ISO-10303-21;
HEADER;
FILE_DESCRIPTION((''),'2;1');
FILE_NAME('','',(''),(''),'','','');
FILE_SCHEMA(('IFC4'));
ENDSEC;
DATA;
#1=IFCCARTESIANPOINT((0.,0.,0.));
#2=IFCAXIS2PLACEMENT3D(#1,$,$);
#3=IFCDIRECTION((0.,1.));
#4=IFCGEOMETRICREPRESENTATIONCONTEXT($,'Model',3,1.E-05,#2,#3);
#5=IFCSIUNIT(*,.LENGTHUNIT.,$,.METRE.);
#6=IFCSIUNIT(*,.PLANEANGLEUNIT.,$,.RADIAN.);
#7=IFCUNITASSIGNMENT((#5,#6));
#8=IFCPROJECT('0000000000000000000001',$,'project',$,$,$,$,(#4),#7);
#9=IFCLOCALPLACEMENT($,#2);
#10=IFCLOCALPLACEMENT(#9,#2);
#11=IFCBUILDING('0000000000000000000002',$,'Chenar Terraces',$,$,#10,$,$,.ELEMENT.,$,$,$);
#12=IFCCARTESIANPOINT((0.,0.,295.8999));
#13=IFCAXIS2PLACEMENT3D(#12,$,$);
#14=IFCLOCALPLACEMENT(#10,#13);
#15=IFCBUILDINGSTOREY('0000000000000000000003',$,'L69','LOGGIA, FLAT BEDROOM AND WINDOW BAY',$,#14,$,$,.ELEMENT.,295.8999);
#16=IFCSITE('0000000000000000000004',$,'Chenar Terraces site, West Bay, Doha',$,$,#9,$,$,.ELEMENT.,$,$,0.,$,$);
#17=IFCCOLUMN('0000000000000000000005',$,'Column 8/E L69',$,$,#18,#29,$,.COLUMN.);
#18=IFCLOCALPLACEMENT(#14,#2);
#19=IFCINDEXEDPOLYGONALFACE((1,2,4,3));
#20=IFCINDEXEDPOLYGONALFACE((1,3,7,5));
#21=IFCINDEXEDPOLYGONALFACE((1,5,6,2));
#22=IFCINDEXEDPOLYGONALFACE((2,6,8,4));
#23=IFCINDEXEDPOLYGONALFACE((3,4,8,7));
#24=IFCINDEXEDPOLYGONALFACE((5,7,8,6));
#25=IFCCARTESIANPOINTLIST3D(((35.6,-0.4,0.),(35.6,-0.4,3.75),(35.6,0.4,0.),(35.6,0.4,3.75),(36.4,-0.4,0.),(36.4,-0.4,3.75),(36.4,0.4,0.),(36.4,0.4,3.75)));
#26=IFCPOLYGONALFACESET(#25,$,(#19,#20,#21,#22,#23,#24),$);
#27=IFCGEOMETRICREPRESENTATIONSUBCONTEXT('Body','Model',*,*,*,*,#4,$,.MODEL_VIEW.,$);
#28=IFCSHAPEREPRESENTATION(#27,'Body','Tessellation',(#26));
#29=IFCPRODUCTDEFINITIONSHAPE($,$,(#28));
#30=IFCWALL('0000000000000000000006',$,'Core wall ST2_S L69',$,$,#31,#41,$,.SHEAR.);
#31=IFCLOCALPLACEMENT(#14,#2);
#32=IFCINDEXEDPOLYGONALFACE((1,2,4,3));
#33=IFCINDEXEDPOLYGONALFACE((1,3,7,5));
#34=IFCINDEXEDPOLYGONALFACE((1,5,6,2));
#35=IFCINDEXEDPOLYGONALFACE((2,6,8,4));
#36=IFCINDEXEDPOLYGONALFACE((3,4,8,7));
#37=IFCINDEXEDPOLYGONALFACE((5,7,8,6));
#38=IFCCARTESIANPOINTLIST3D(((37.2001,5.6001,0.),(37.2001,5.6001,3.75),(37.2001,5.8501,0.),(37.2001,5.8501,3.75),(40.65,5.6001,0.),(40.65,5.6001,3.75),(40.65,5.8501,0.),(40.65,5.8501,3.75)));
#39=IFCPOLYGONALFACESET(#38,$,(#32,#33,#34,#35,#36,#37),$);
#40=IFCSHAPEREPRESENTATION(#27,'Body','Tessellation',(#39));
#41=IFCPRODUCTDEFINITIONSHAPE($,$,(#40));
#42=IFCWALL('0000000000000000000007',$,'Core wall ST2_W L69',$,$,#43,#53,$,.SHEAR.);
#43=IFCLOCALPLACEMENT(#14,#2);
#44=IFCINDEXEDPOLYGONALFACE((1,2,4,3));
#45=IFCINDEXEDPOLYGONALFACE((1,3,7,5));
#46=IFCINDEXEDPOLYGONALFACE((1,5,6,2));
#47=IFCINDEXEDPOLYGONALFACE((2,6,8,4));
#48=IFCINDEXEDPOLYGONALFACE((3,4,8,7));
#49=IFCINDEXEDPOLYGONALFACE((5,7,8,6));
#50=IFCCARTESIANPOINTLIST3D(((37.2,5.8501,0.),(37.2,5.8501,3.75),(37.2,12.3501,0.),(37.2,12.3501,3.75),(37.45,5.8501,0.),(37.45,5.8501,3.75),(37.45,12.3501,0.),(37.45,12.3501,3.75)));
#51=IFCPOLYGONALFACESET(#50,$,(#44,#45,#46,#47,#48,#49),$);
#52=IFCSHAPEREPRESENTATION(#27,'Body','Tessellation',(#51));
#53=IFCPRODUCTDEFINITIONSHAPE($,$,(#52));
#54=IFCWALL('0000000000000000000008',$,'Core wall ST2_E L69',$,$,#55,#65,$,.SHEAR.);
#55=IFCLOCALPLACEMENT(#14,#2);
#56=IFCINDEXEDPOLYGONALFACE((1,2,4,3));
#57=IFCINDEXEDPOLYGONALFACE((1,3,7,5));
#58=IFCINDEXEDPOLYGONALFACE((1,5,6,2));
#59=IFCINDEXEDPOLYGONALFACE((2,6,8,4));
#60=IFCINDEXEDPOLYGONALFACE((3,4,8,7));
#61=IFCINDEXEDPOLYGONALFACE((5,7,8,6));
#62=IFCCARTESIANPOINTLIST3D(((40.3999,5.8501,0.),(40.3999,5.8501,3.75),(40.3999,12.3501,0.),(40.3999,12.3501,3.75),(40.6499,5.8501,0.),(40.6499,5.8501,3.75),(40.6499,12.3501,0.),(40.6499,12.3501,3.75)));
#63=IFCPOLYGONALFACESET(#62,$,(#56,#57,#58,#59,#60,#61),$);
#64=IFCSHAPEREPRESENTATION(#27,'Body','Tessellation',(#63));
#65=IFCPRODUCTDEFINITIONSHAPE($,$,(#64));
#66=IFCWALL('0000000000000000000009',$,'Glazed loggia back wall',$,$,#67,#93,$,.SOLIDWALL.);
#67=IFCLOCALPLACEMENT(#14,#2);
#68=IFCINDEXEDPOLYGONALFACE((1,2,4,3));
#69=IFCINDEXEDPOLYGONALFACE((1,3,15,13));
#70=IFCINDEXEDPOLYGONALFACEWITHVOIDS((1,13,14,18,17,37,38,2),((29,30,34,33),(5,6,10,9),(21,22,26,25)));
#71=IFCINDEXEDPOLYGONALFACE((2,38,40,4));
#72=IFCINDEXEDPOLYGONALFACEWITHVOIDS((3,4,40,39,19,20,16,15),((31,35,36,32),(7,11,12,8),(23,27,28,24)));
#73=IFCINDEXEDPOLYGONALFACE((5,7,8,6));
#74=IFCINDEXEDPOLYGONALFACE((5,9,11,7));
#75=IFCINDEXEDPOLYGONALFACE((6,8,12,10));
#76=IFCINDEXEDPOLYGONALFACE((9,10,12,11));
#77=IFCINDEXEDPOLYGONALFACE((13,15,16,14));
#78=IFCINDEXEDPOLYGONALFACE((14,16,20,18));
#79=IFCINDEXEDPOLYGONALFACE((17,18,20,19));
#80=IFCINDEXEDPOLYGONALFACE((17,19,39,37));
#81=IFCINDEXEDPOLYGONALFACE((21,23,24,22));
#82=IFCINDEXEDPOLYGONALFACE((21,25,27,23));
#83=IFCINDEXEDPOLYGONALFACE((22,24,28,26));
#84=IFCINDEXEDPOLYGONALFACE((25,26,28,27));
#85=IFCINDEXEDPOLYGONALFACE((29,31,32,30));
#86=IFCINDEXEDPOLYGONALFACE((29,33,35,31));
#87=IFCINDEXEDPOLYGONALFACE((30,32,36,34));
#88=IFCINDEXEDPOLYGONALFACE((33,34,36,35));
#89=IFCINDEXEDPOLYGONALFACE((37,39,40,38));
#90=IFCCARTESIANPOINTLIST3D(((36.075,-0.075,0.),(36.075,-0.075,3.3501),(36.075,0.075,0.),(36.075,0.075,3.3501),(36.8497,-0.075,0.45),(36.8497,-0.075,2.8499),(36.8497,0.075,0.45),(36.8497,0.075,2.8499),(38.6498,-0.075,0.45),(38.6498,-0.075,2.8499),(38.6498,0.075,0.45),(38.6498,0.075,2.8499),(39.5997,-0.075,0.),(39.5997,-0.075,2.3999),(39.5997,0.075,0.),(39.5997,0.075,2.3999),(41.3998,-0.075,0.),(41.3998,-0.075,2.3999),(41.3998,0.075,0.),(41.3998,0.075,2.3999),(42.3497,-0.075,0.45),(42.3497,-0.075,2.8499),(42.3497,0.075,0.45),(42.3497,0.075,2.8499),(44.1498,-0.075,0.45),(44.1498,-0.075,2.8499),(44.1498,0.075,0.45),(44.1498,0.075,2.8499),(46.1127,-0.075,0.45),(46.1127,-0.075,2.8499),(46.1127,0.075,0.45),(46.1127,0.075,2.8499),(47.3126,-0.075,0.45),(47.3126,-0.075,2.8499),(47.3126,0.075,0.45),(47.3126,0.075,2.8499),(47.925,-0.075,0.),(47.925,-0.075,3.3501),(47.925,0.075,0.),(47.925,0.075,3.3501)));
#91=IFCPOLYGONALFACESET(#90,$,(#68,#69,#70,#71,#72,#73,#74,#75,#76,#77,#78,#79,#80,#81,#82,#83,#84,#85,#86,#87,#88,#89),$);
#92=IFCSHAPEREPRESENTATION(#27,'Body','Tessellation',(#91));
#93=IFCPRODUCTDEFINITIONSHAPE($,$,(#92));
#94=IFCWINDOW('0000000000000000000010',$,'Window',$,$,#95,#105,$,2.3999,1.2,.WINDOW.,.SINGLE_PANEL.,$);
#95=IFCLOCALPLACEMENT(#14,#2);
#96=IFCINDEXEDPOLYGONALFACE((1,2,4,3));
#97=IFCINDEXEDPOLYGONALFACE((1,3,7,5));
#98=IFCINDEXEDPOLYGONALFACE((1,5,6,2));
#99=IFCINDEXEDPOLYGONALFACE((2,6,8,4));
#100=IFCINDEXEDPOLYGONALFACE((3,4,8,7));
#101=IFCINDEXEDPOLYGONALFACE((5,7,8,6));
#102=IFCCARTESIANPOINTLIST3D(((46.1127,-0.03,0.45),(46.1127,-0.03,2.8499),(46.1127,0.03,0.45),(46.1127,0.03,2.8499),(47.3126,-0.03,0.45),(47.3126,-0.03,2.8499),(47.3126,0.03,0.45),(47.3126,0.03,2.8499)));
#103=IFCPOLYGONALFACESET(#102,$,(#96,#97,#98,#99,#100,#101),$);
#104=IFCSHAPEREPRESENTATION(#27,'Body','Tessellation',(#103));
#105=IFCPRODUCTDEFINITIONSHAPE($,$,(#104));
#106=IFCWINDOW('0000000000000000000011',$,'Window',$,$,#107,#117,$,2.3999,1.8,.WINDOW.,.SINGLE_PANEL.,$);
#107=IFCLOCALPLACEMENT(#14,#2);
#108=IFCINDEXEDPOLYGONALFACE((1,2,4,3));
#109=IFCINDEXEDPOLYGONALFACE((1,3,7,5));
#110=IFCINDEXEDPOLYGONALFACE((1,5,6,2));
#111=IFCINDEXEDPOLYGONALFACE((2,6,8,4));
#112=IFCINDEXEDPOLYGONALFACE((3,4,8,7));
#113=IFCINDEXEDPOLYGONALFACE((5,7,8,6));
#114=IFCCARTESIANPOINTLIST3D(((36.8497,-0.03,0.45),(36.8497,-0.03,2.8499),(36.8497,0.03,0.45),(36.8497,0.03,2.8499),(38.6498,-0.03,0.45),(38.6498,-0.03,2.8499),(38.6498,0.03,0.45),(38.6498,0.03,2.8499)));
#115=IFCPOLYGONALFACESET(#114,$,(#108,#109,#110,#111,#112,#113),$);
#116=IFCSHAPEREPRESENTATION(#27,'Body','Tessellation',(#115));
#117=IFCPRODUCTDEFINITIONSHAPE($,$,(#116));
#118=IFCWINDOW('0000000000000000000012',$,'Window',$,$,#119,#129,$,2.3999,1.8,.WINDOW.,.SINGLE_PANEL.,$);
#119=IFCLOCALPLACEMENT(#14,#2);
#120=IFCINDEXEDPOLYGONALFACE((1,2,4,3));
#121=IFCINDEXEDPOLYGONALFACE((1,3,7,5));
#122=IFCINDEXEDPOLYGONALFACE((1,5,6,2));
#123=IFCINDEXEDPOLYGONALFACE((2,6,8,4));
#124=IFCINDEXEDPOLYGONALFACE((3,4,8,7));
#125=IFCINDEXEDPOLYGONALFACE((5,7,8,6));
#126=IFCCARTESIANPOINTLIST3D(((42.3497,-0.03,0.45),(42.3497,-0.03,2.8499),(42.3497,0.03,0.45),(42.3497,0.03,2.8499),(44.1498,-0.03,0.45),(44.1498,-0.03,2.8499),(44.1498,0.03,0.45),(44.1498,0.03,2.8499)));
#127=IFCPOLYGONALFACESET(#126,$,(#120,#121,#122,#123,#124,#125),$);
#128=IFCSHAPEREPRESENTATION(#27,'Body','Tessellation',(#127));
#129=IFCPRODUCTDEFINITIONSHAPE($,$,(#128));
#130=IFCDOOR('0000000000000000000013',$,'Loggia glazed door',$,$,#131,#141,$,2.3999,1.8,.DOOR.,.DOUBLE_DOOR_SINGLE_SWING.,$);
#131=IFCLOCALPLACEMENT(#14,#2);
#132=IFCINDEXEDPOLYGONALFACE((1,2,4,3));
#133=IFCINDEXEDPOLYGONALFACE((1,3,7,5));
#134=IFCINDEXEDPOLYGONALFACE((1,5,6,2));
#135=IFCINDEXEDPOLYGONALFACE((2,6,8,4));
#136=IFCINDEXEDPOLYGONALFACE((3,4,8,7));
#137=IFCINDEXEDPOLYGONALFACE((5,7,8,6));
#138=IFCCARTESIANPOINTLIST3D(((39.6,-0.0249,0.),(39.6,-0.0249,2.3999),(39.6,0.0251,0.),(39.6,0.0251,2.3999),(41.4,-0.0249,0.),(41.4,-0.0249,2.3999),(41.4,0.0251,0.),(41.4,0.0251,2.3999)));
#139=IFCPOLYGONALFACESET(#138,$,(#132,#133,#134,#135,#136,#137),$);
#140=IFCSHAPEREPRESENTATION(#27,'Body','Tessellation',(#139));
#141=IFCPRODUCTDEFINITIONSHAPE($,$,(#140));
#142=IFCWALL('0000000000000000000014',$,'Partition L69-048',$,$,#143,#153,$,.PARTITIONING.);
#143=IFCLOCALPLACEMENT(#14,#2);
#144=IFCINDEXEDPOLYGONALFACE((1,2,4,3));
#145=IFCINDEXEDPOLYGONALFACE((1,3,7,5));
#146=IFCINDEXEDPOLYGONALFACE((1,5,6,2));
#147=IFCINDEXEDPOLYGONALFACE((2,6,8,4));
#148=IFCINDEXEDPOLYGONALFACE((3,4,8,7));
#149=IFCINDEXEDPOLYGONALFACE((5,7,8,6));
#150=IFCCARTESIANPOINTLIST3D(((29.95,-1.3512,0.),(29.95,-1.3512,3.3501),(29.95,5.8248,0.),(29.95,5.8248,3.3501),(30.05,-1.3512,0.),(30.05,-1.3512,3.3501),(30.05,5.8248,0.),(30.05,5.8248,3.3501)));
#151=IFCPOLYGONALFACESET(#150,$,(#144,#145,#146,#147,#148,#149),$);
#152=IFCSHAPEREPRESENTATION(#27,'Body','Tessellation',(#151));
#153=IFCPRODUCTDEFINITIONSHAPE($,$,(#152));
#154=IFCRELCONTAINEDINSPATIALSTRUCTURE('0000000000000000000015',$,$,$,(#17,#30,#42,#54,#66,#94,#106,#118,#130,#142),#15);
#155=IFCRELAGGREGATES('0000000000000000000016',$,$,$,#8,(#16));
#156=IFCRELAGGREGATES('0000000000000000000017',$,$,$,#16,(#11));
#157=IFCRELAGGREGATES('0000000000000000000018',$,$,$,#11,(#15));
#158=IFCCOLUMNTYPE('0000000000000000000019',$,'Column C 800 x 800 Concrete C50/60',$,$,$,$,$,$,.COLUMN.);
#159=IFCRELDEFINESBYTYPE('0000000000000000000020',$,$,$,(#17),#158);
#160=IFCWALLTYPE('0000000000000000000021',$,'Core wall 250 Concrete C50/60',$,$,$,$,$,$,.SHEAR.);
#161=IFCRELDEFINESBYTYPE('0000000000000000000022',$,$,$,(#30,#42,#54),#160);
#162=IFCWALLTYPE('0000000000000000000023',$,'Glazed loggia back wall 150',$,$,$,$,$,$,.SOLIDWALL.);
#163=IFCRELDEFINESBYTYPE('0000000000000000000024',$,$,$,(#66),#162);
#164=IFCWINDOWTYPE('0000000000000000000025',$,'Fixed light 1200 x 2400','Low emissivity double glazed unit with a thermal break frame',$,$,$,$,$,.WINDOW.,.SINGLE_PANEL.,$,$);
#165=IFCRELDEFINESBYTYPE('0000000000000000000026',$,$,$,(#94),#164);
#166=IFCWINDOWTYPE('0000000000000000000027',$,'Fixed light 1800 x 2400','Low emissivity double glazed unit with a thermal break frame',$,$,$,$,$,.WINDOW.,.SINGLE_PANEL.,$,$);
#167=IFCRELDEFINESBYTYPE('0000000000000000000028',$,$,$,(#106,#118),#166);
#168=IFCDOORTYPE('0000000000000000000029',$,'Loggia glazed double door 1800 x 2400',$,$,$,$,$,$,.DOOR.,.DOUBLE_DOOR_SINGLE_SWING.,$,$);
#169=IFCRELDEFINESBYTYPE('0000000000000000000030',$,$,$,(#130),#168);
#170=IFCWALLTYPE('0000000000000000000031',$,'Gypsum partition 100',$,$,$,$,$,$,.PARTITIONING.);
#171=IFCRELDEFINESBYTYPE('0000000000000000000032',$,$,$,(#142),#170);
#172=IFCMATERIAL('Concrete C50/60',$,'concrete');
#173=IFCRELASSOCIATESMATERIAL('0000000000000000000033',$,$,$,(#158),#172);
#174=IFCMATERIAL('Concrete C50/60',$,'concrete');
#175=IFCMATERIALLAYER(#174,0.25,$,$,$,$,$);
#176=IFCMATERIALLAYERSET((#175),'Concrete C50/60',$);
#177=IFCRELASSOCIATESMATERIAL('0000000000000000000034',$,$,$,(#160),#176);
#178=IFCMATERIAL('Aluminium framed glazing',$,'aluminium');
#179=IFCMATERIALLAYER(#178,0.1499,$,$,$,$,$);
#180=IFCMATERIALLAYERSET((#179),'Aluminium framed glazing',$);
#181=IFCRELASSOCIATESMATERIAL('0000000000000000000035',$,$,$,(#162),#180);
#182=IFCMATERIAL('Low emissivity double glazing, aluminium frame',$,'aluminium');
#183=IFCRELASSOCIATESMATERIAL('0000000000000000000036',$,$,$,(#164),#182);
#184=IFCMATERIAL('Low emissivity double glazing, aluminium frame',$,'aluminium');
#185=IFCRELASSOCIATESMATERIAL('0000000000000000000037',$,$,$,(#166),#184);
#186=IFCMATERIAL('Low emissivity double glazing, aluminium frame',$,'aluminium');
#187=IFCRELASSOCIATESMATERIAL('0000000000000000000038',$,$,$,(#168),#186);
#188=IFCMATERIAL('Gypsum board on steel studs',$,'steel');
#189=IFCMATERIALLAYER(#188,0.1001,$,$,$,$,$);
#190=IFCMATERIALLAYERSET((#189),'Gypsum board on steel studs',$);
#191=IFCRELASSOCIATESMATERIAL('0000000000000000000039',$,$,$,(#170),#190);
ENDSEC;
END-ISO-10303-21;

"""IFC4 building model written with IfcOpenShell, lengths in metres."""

from ifc_helpers import new_model, si_unit, direction, frame, frame_2d, origin, origin_2d, place, context, subcontext, project, spatial, rectangle, extrude, material, layer, layer_set, material_profile, profile_set, type_object, element, fill, save


model = new_model("IFC4")

# Units and contexts
model_context = context("Model", 3, precision=1e-05, world=origin(), true_north=direction((0.0, 1.0)))
body_context = subcontext(model_context, "Body", "Model", "MODEL_VIEW")
ifc_project = project(units=[si_unit("LENGTHUNIT", "METRE"), si_unit("PLANEANGLEUNIT", "RADIAN")], contexts=[model_context])

# Site, building, storey
site_placement = place(None, origin())
site = spatial("IfcSite", under=ifc_project, at=site_placement, Name="Chenar Terraces site, West Bay, Doha", CompositionType="ELEMENT", RefElevation=0.0)
building_placement = place(site_placement, origin())
building = spatial("IfcBuilding", under=site, at=building_placement, Name="Chenar Terraces", CompositionType="ELEMENT")
storey_placement = place(building_placement, frame((0.0, 0.0, 295.8999)))
storey = spatial("IfcBuildingStorey", under=building, at=storey_placement, Name="L69", Description="LOGGIA, FLAT BEDROOM AND WINDOW BAY", CompositionType="ELEMENT", Elevation=295.8999)

# Column
ifc_material_1 = material(Name="Concrete C50/60", Category="concrete")
ifc_material_profile_1 = material_profile(ifc_material_1, rectangle(XDim=0.8, YDim=0.8, at=origin_2d()), Name="C 800 x 800")
ifc_profile_set_1 = profile_set([ifc_material_profile_1], Name="Concrete C50/60")
column_type = type_object("IfcColumnType", Name="Column C 800 x 800 Concrete C50/60", PredefinedType="COLUMN", material=ifc_profile_set_1)
column_placement = place(storey_placement, frame((36.0, 0.0, 0.0), z_axis=(0.0, 0.0, 1.0), x_axis=(1.0, 0.0, 0.0)))
element("IfcColumn", 1, at=column_placement, inside=storey, type_object=column_type, Name="Column 8/E L69", PredefinedType="COLUMN", context=body_context, shape_type="SweptSolid", body=[
    extrude(rectangle(XDim=0.8, YDim=0.8, at=origin_2d()), origin(), (0.0, 0.0, 1.0), 3.75),
])

# Walls
ifc_material_2 = material(Name="Concrete C50/60", Category="concrete")
ifc_layer_1 = layer(ifc_material_2, 0.25)
ifc_layer_set_1 = layer_set([ifc_layer_1], Name="Concrete C50/60")
wall_type_1 = type_object("IfcWallType", Name="Core wall 250 Concrete C50/60", PredefinedType="SHEAR", material=ifc_layer_set_1)
wall_1_placement = place(storey_placement, frame((37.2, 5.7251, 0.0), z_axis=(0.0, 0.0, 1.0), x_axis=(1.0, 0.0, 0.0)))
element("IfcWall", 2, at=wall_1_placement, inside=storey, type_object=wall_type_1, Name="Core wall ST2_S L69", PredefinedType="SHEAR", context=body_context, shape_type="SweptSolid", body=[
    extrude(rectangle(XDim=3.45, YDim=0.25, at=frame_2d((1.7251, 0.0))), origin(), (0.0, 0.0, 1.0), 3.75),
])
for number, where, z_axis, x_axis, name in (
    (3, (37.325, 5.8501, 0.0), (0.0, 0.0, 1.0), (0.0, 1.0, 0.0), "Core wall ST2_W L69"),
    (4, (40.5249, 5.8501, 0.0), (0.0, 0.0, 1.0), (0.0, 1.0, 0.0), "Core wall ST2_E L69"),
):
    element("IfcWall", number, at=place(storey_placement, frame(where, z_axis=z_axis, x_axis=x_axis)), inside=storey, type_object=wall_type_1, Name=name, PredefinedType="SHEAR", context=body_context, shape_type="SweptSolid", body=[
        extrude(rectangle(XDim=6.5, YDim=0.25, at=frame_2d((3.25, 0.0))), origin(), (0.0, 0.0, 1.0), 3.75),
    ])

# Wall, openings, windows, door
ifc_material_3 = material(Name="Aluminium framed glazing", Category="aluminium")
ifc_layer_2 = layer(ifc_material_3, 0.1499)
ifc_layer_set_2 = layer_set([ifc_layer_2], Name="Aluminium framed glazing")
wall_type_2 = type_object("IfcWallType", Name="Glazed loggia back wall 150", PredefinedType="SOLIDWALL", material=ifc_layer_set_2)
wall_2_placement = place(storey_placement, frame((36.075, 0.0, 0.0), z_axis=(0.0, 0.0, 1.0), x_axis=(1.0, 0.0, 0.0)))
wall_2 = element("IfcWall", 5, at=wall_2_placement, inside=storey, type_object=wall_type_2, Name="Glazed loggia back wall", PredefinedType="SOLIDWALL", context=body_context, shape_type="SweptSolid", body=[
    extrude(rectangle(XDim=11.8501, YDim=0.1499, at=frame_2d((5.925, 0.0))), origin(), (0.0, 0.0, 1.0), 3.3501),
])
opening_1_placement = place(wall_2_placement, frame((0.7749, 0.0, 0.45)))
opening_1 = element("IfcOpeningElement", 6, at=opening_1_placement, cuts=wall_2, PredefinedType="OPENING", context=body_context, shape_type="SweptSolid", body=[
    extrude(rectangle(XDim=1.8, YDim=2.3999, at=frame_2d((0.8999, 1.2))), frame((0.0, 0.085, 0.0), z_axis=(0.0, -1.0, 0.0), x_axis=(1.0, 0.0, 0.0)), (0.0, 0.0, 1.0), 0.1699),
])
opening_2_placement = place(wall_2_placement, frame((3.5249, 0.0, 0.0)))
opening_2 = element("IfcOpeningElement", 7, at=opening_2_placement, cuts=wall_2, PredefinedType="OPENING", context=body_context, shape_type="SweptSolid", body=[
    extrude(rectangle(XDim=1.8, YDim=2.3999, at=frame_2d((0.8999, 1.2))), frame((0.0, 0.085, 0.0), z_axis=(0.0, -1.0, 0.0), x_axis=(1.0, 0.0, 0.0)), (0.0, 0.0, 1.0), 0.1699),
])
opening_3_placement = place(wall_2_placement, frame((6.2749, 0.0, 0.45)))
opening_3 = element("IfcOpeningElement", 8, at=opening_3_placement, cuts=wall_2, PredefinedType="OPENING", context=body_context, shape_type="SweptSolid", body=[
    extrude(rectangle(XDim=1.8, YDim=2.3999, at=frame_2d((0.8999, 1.2))), frame((0.0, 0.085, 0.0), z_axis=(0.0, -1.0, 0.0), x_axis=(1.0, 0.0, 0.0)), (0.0, 0.0, 1.0), 0.1699),
])
opening_4_placement = place(wall_2_placement, frame((10.0376, 0.0, 0.45)))
opening_4 = element("IfcOpeningElement", 9, at=opening_4_placement, cuts=wall_2, PredefinedType="OPENING", context=body_context, shape_type="SweptSolid", body=[
    extrude(rectangle(XDim=1.2, YDim=2.3999, at=frame_2d((0.6001, 1.2))), frame((0.0, 0.085, 0.0), z_axis=(0.0, -1.0, 0.0), x_axis=(1.0, 0.0, 0.0)), (0.0, 0.0, 1.0), 0.1699),
])
ifc_material_4 = material(Name="Low emissivity double glazing, aluminium frame", Category="aluminium")
window_type_1 = type_object("IfcWindowType", Name="Fixed light 1200 x 2400", Description="Low emissivity double glazed unit with a thermal break frame", PartitioningType="SINGLE_PANEL", PredefinedType="WINDOW", material=ifc_material_4)
window_1_placement = place(opening_4_placement, origin())
window_1 = element("IfcWindow", 10, at=window_1_placement, inside=storey, type_object=window_type_1, Name="Window", OverallHeight=2.3999, OverallWidth=1.2, PartitioningType="SINGLE_PANEL", PredefinedType="WINDOW", context=body_context, shape_type="SweptSolid", body=[
    extrude(rectangle(XDim=1.2, YDim=2.3999, at=frame_2d((0.6001, 1.2))), frame((0.0, 0.03, 0.0), z_axis=(0.0, -1.0, 0.0), x_axis=(1.0, 0.0, 0.0)), (0.0, 0.0, 1.0), 0.0601),
])
fill(opening_4, window_1)
ifc_material_5 = material(Name="Low emissivity double glazing, aluminium frame", Category="aluminium")
window_type_2 = type_object("IfcWindowType", Name="Fixed light 1800 x 2400", Description="Low emissivity double glazed unit with a thermal break frame", PartitioningType="SINGLE_PANEL", PredefinedType="WINDOW", material=ifc_material_5)
window_2_placement = place(opening_1_placement, origin())
window_2 = element("IfcWindow", 11, at=window_2_placement, inside=storey, type_object=window_type_2, Name="Window", OverallHeight=2.3999, OverallWidth=1.8, PartitioningType="SINGLE_PANEL", PredefinedType="WINDOW", context=body_context, shape_type="SweptSolid", body=[
    extrude(rectangle(XDim=1.8, YDim=2.3999, at=frame_2d((0.8999, 1.2))), frame((0.0, 0.03, 0.0), z_axis=(0.0, -1.0, 0.0), x_axis=(1.0, 0.0, 0.0)), (0.0, 0.0, 1.0), 0.0601),
])
fill(opening_1, window_2)
window_3_placement = place(opening_3_placement, origin())
window_3 = element("IfcWindow", 12, at=window_3_placement, inside=storey, type_object=window_type_2, Name="Window", OverallHeight=2.3999, OverallWidth=1.8, PartitioningType="SINGLE_PANEL", PredefinedType="WINDOW", context=body_context, shape_type="SweptSolid", body=[
    extrude(rectangle(XDim=1.8, YDim=2.3999, at=frame_2d((0.8999, 1.2))), frame((0.0, 0.03, 0.0), z_axis=(0.0, -1.0, 0.0), x_axis=(1.0, 0.0, 0.0)), (0.0, 0.0, 1.0), 0.0601),
])
fill(opening_3, window_3)
ifc_material_6 = material(Name="Low emissivity double glazing, aluminium frame", Category="aluminium")
door_type_1 = type_object("IfcDoorType", Name="Loggia glazed double door 1800 x 2400", OperationType="DOUBLE_DOOR_SINGLE_SWING", PredefinedType="DOOR", material=ifc_material_6)
door_1_placement = place(opening_2_placement, frame((1.8, 0.0, 0.0), z_axis=(0.0, 0.0, 1.0), x_axis=(-1.0, 0.0, 0.0)))
door_1 = element("IfcDoor", 13, at=door_1_placement, inside=storey, type_object=door_type_1, Name="Loggia glazed door", OperationType="DOUBLE_DOOR_SINGLE_SWING", OverallHeight=2.3999, OverallWidth=1.8, PredefinedType="DOOR", context=body_context, shape_type="SweptSolid", body=[
    extrude(rectangle(XDim=1.8, YDim=2.3999, at=frame_2d((0.8999, 1.2))), frame((0.0, 0.0249, 0.0), z_axis=(0.0, -1.0, 0.0), x_axis=(1.0, 0.0, 0.0)), (0.0, 0.0, 1.0), 0.05),
])
fill(opening_2, door_1)

# Wall
ifc_material_7 = material(Name="Gypsum board on steel studs", Category="steel")
ifc_layer_3 = layer(ifc_material_7, 0.1001)
ifc_layer_set_3 = layer_set([ifc_layer_3], Name="Gypsum board on steel studs")
wall_type_3 = type_object("IfcWallType", Name="Gypsum partition 100", PredefinedType="PARTITIONING", material=ifc_layer_set_3)
wall_3_placement = place(storey_placement, frame((30.0, -1.3511, 0.0), z_axis=(0.0, 0.0, 1.0), x_axis=(0.0, 1.0, 0.0)))
element("IfcWall", 14, at=wall_3_placement, inside=storey, type_object=wall_type_3, Name="Partition L69-048", PredefinedType="PARTITIONING", context=body_context, shape_type="SweptSolid", body=[
    extrude(rectangle(XDim=7.176, YDim=0.1001, at=frame_2d((3.5879, 0.0))), origin(), (0.0, 0.0, 1.0), 3.3501),
])

save(model, "model.ifc")
